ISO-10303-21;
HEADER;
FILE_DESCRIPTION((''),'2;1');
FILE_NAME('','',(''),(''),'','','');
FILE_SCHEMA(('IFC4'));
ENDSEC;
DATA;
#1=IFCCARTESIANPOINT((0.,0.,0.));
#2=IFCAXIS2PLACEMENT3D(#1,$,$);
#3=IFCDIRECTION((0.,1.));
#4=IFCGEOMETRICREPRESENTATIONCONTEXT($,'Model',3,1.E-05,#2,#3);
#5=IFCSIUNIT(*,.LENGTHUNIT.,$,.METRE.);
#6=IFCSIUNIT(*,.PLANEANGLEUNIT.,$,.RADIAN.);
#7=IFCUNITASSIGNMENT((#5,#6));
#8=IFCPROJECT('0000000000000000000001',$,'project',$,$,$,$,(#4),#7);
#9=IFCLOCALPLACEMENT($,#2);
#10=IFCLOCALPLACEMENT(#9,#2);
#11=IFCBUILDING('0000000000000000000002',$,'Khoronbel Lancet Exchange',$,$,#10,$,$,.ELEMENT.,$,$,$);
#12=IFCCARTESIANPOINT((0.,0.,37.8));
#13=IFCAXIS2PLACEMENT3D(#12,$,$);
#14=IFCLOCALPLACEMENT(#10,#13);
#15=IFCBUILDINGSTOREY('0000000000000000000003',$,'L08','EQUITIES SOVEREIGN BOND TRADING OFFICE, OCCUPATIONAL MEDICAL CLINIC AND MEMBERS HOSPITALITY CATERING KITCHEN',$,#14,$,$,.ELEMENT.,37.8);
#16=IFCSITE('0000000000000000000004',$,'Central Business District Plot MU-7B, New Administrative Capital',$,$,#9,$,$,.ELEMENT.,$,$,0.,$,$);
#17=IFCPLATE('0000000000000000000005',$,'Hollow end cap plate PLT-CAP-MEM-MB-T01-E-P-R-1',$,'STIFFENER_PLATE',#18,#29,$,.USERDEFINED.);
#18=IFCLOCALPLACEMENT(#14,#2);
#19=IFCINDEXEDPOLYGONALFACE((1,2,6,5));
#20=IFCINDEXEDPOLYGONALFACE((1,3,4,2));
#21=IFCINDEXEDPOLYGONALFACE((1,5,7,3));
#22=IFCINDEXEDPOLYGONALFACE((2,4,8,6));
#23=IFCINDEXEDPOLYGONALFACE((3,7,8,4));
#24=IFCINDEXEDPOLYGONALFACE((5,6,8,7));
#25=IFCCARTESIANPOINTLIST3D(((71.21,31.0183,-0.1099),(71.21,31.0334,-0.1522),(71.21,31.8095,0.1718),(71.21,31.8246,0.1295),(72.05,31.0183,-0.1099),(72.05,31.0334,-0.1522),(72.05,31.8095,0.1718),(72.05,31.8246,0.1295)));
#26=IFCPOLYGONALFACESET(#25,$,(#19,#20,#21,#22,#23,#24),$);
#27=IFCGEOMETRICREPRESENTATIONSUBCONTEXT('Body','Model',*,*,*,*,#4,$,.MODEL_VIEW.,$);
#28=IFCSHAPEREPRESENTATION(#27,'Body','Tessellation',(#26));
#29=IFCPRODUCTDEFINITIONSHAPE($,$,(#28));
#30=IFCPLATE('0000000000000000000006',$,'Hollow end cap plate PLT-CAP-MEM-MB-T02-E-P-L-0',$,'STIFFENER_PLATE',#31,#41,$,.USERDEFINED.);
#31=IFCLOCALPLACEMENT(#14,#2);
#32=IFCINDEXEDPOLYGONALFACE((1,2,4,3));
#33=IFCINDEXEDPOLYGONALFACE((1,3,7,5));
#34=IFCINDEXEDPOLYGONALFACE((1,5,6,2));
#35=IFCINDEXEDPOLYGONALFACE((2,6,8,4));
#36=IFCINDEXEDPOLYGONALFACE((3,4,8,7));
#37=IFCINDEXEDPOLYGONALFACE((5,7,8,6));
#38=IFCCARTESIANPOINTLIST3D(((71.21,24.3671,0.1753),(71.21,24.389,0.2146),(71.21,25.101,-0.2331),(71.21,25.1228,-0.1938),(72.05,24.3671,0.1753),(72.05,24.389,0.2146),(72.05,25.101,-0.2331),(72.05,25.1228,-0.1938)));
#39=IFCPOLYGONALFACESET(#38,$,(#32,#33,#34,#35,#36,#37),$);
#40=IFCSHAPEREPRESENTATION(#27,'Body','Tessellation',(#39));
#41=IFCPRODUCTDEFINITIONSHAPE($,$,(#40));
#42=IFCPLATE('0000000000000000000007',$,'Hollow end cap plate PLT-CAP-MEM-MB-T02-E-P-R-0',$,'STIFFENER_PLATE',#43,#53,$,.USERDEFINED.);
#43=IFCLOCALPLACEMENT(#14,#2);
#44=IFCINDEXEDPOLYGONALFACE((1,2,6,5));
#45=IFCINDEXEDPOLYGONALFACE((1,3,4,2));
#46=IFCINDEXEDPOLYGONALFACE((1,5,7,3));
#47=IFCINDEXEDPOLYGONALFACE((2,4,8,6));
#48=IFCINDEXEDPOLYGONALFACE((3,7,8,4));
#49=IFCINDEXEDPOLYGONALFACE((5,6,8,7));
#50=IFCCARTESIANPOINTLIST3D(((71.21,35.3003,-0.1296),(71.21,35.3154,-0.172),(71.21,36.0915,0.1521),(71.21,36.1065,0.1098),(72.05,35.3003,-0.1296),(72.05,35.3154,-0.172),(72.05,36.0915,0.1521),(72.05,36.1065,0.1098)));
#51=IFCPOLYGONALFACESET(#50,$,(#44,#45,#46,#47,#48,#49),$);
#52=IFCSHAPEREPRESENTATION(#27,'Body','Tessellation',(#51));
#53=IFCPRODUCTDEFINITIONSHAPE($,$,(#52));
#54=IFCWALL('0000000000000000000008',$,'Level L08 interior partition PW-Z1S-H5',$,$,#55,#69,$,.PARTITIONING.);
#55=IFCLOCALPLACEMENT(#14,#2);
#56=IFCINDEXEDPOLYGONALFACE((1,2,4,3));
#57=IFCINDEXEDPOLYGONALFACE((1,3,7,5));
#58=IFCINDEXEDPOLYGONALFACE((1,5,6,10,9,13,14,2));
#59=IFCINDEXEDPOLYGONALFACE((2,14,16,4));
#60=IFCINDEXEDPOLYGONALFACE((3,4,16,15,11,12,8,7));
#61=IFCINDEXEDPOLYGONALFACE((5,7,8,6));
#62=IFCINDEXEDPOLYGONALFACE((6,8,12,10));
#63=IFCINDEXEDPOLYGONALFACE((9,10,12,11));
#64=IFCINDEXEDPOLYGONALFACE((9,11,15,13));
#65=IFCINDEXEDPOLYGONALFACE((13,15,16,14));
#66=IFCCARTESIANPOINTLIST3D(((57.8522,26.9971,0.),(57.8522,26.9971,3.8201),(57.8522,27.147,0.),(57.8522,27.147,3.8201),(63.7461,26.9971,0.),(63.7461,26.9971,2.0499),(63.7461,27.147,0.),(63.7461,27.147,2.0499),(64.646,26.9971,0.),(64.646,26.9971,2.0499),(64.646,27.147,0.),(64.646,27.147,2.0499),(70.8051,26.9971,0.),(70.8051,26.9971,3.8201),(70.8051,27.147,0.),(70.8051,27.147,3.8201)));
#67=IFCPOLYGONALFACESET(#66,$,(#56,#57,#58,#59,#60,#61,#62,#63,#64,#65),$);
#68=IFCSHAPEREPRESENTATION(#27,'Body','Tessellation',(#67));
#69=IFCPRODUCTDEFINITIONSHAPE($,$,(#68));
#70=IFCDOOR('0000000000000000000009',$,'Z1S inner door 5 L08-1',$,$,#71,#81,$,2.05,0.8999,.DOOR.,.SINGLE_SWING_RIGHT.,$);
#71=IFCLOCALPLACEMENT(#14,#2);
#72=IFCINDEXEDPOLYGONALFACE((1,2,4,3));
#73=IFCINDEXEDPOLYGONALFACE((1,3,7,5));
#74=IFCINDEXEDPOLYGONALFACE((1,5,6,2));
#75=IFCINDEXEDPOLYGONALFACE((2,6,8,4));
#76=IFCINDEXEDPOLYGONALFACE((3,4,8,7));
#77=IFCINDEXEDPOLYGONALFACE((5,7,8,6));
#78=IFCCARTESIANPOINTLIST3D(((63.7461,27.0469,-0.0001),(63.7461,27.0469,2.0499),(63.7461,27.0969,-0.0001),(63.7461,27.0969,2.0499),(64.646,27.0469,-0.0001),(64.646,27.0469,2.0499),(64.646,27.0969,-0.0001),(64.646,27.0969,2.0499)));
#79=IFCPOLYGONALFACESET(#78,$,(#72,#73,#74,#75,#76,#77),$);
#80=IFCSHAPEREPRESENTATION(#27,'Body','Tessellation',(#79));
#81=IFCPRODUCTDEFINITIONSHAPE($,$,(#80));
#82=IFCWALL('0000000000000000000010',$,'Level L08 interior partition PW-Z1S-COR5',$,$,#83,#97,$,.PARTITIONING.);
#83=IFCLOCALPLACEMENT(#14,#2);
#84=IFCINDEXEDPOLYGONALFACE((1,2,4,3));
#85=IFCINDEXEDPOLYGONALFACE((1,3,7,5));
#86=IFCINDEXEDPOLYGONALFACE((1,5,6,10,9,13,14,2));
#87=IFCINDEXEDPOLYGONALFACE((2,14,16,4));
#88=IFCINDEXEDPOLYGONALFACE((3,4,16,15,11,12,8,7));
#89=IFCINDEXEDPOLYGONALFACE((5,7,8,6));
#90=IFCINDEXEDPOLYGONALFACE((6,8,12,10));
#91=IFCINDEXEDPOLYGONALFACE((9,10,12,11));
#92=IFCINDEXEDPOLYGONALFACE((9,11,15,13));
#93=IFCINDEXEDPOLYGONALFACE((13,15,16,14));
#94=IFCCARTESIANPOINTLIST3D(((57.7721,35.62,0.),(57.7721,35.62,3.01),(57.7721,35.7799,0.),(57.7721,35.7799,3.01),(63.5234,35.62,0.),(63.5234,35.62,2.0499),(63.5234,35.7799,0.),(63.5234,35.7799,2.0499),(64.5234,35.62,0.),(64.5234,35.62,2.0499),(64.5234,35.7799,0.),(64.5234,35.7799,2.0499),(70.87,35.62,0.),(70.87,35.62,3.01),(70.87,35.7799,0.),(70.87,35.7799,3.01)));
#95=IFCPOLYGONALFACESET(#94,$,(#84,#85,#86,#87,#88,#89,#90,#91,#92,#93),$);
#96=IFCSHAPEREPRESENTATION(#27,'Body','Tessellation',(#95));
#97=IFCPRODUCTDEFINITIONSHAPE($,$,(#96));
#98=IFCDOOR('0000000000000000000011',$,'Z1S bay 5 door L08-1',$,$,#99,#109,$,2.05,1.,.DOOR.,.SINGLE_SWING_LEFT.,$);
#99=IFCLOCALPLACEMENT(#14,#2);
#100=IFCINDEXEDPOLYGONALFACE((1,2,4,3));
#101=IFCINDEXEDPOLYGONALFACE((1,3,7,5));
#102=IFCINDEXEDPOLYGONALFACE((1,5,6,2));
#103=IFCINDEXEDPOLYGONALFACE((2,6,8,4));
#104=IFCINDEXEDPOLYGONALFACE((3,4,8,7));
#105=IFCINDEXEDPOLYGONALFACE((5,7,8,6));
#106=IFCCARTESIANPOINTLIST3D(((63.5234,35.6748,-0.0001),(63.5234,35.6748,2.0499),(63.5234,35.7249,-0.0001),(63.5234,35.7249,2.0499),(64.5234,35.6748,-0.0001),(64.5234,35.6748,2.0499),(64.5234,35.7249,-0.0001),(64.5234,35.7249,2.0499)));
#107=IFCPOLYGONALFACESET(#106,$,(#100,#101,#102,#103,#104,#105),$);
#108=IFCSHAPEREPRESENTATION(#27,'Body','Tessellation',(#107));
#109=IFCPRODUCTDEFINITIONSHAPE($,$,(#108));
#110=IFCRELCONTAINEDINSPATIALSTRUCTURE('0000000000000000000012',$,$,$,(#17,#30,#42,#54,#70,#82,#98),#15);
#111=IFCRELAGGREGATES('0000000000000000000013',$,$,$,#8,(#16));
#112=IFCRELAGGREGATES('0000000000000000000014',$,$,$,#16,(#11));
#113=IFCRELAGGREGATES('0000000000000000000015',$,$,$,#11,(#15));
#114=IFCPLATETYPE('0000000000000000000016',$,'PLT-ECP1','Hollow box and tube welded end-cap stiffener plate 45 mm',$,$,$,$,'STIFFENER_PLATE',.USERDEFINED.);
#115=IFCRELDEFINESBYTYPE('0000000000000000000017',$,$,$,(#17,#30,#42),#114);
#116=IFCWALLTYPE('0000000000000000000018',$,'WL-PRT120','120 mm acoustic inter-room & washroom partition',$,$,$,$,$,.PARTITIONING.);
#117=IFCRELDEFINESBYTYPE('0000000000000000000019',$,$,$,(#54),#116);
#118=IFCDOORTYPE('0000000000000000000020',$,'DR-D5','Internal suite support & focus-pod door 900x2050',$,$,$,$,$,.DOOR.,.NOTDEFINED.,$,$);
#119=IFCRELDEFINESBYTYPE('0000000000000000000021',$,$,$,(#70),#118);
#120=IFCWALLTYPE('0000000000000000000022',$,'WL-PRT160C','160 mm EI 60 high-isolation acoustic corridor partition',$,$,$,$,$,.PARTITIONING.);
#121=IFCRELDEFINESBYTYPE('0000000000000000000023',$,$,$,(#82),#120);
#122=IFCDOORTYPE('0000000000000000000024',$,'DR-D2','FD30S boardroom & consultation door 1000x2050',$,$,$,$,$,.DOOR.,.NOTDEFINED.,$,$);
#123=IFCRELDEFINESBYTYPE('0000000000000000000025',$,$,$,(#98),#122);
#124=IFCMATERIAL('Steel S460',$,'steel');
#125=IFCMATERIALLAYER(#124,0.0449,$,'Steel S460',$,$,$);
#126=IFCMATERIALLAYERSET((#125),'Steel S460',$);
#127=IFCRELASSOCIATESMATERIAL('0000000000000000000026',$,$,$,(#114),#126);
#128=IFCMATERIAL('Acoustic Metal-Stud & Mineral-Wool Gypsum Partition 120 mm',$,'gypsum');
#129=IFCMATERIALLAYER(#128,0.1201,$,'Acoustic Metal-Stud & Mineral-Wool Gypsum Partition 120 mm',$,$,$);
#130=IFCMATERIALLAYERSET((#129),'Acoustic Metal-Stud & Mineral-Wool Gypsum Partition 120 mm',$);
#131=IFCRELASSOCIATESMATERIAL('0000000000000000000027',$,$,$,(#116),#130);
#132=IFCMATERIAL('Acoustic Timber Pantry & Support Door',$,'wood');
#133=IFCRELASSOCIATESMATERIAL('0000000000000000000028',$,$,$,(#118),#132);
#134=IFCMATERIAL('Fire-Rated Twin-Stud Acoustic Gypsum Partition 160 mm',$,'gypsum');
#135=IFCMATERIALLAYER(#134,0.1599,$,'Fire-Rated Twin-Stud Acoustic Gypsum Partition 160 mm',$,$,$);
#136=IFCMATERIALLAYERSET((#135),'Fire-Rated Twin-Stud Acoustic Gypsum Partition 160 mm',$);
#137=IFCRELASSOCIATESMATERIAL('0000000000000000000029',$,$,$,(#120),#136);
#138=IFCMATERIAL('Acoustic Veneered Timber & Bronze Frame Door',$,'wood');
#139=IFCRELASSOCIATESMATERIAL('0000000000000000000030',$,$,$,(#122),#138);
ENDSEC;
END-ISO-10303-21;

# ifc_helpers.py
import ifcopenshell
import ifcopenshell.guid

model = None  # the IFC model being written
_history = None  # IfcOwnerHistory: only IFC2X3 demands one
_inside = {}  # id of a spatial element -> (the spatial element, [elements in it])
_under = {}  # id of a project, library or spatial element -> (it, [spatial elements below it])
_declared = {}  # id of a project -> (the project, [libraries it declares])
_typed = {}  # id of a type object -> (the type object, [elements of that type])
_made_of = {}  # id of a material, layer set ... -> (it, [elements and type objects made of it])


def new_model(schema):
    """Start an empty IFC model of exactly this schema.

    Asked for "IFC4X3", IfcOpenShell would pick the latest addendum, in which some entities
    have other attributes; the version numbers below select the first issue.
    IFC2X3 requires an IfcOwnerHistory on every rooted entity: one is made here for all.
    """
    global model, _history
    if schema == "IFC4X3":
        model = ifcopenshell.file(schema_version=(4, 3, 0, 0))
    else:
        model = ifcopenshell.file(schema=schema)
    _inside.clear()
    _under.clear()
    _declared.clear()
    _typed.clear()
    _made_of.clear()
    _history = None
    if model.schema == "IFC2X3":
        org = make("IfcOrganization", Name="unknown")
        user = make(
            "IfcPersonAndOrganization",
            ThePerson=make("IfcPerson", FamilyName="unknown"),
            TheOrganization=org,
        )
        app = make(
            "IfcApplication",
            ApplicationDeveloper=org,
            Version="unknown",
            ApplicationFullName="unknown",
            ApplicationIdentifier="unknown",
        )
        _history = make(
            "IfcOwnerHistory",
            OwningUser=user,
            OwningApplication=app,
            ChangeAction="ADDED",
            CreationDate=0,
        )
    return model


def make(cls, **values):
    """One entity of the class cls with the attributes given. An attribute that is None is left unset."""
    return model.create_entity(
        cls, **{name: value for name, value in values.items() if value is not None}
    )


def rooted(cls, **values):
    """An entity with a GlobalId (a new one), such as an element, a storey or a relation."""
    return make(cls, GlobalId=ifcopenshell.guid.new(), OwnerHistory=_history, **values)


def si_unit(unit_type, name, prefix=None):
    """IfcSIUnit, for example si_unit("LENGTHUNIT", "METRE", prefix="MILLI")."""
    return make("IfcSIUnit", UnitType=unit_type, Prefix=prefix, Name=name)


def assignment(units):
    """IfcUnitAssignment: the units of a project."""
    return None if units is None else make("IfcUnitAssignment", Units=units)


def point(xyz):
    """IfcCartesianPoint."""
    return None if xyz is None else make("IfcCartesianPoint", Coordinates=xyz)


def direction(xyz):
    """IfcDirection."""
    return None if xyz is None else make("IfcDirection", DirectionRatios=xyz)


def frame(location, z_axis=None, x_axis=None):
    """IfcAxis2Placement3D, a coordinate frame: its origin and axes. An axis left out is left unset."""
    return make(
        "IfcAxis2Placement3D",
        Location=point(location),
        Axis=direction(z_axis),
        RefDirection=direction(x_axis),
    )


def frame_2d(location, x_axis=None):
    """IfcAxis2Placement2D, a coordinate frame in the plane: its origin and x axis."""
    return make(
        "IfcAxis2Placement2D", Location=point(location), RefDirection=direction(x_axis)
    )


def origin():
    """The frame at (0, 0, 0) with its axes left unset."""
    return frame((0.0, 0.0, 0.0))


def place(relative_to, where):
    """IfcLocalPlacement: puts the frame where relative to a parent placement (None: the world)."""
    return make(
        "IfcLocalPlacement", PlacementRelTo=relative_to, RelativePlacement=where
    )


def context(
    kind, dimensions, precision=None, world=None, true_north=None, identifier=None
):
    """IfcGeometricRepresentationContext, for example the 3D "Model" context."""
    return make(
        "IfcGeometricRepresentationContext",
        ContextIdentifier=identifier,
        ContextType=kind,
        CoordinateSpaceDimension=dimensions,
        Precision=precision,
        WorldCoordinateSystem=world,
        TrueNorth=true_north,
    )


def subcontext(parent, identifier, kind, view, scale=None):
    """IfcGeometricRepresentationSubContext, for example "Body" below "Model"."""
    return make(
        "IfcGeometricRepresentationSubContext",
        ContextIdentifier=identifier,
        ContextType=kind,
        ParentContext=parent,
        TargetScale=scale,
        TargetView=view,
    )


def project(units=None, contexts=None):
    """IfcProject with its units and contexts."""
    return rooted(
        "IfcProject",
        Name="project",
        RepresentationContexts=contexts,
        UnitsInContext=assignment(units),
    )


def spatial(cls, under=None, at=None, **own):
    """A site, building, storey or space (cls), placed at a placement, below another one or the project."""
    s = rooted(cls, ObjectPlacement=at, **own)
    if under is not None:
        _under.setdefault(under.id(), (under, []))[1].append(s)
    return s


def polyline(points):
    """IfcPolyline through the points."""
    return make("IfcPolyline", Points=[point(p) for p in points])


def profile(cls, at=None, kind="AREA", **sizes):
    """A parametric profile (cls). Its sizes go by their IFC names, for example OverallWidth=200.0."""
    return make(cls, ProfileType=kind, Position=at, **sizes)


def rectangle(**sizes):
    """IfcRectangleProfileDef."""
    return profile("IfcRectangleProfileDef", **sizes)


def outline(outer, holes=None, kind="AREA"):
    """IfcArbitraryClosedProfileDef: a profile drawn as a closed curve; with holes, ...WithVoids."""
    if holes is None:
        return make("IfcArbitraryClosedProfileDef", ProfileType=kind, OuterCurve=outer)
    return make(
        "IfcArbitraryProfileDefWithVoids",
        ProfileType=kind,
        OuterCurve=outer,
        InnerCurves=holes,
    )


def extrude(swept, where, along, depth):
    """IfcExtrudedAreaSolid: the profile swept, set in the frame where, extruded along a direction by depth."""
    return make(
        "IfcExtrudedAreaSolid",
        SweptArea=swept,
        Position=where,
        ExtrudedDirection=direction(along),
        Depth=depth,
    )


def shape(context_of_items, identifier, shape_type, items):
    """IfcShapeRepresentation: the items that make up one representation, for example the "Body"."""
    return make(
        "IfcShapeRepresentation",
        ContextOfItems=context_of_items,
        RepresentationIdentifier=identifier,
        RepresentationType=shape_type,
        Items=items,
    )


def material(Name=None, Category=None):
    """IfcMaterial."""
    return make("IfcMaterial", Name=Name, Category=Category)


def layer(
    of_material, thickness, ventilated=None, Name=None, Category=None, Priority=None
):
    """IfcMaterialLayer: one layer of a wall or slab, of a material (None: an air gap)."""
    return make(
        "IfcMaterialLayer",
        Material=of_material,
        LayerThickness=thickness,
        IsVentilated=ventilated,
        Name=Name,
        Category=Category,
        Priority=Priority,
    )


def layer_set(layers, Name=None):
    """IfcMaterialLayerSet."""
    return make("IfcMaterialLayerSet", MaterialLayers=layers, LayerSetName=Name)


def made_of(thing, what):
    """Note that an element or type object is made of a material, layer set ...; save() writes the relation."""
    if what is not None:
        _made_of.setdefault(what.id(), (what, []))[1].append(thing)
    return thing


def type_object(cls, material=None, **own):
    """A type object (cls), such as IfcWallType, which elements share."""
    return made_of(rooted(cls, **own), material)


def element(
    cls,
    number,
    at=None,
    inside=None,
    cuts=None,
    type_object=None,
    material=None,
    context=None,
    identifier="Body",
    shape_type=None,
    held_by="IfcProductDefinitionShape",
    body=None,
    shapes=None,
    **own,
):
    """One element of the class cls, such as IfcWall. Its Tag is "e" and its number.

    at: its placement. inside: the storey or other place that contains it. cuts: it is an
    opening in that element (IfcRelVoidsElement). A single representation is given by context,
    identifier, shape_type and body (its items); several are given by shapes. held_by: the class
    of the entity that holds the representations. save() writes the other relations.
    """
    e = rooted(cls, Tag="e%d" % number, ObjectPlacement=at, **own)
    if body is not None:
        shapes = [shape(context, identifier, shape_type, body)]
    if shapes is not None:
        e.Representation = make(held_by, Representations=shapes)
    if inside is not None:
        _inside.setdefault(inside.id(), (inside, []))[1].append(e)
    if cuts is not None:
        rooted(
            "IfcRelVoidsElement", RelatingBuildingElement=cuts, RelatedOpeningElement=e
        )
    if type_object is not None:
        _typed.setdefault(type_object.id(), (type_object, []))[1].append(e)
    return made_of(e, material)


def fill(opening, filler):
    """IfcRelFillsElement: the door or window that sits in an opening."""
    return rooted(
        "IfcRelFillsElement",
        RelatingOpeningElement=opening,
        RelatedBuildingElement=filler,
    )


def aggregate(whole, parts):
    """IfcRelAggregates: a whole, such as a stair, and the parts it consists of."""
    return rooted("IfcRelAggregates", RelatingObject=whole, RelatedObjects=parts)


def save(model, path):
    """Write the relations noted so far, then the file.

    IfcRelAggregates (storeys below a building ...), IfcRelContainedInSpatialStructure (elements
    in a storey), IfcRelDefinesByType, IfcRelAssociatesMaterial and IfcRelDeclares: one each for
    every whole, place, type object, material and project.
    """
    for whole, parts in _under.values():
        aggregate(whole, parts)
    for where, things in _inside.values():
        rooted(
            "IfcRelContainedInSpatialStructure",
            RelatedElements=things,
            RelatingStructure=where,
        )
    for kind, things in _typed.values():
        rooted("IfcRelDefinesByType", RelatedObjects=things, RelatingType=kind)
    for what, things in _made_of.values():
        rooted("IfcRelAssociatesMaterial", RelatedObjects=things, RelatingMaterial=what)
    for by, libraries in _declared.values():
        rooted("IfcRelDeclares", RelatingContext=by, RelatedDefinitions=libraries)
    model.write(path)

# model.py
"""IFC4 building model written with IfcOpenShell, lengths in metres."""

from ifc_helpers import new_model, si_unit, direction, frame, frame_2d, origin, place, context, subcontext, project, spatial, polyline, rectangle, outline, extrude, material, layer, layer_set, type_object, element, fill, save


model = new_model("IFC4")

# Units and contexts
model_context = context("Model", 3, precision=1e-05, world=origin(), true_north=direction((0.0, 1.0)))
body_context = subcontext(model_context, "Body", "Model", "MODEL_VIEW")
ifc_project = project(units=[si_unit("LENGTHUNIT", "METRE"), si_unit("PLANEANGLEUNIT", "RADIAN")], contexts=[model_context])

# Site, building, storey
site_placement = place(None, origin())
site = spatial("IfcSite", under=ifc_project, at=site_placement, Name="Central Business District Plot MU-7B, New Administrative Capital", CompositionType="ELEMENT", RefElevation=0.0)
building_placement = place(site_placement, origin())
building = spatial("IfcBuilding", under=site, at=building_placement, Name="Khoronbel Lancet Exchange", CompositionType="ELEMENT")
storey_placement = place(building_placement, frame((0.0, 0.0, 37.8)))
storey = spatial("IfcBuildingStorey", under=building, at=storey_placement, Name="L08", Description="EQUITIES SOVEREIGN BOND TRADING OFFICE, OCCUPATIONAL MEDICAL CLINIC AND MEMBERS HOSPITALITY CATERING KITCHEN", CompositionType="ELEMENT", Elevation=37.8)

# Shared definitions
ifc_material_1 = material(Name="Steel S460", Category="steel")

# Plates
ifc_layer_1 = layer(ifc_material_1, 0.0449, Name="Steel S460")
ifc_layer_set_1 = layer_set([ifc_layer_1], Name="Steel S460")
plate_type_1 = type_object("IfcPlateType", Name="PLT-ECP1", Description="Hollow box and tube welded end-cap stiffener plate 45 mm", ElementType="STIFFENER_PLATE", PredefinedType="USERDEFINED", material=ifc_layer_set_1)
for number, where, z_axis, x_axis, name in (
    (1, (71.21, 31.0183, -0.1099), (0.0, -0.335434, 0.942064), (1.0, 0.0, 0.0), "Hollow end cap plate PLT-CAP-MEM-MB-T01-E-P-R-1"),
    (2, (72.05, 25.1228, -0.1938), (0.0, 0.486309, 0.873787), (-1.0, 0.0, 0.0), "Hollow end cap plate PLT-CAP-MEM-MB-T02-E-P-L-0"),
    (3, (71.21, 35.3003, -0.1296), (0.0, -0.335434, 0.942064), (1.0, 0.0, 0.0), "Hollow end cap plate PLT-CAP-MEM-MB-T02-E-P-R-0"),
):
    element("IfcPlate", number, at=place(storey_placement, frame(where, z_axis=z_axis, x_axis=x_axis)), inside=storey, type_object=plate_type_1, Name=name, ObjectType="STIFFENER_PLATE", PredefinedType="USERDEFINED", context=body_context, shape_type="SweptSolid", body=[
        extrude(outline(polyline([(0.0, 0.0), (0.8401, 0.0), (0.8401, 0.8398), (0.0, 0.8398), (0.0, 0.0)])), origin(), (0.0, 0.0, -1.0), 0.0449),
    ])

# Walls, openings, doors
ifc_material_2 = material(Name="Acoustic Metal-Stud & Mineral-Wool Gypsum Partition 120 mm", Category="gypsum")
ifc_layer_2 = layer(ifc_material_2, 0.1201, Name="Acoustic Metal-Stud & Mineral-Wool Gypsum Partition 120 mm")
ifc_layer_set_2 = layer_set([ifc_layer_2], Name="Acoustic Metal-Stud & Mineral-Wool Gypsum Partition 120 mm")
wall_type_1 = type_object("IfcWallType", Name="WL-PRT120", Description="120 mm acoustic inter-room & washroom partition", PredefinedType="PARTITIONING", material=ifc_layer_set_2)
wall_1_placement = place(storey_placement, frame((57.8521, 27.072, 0.0), z_axis=(0.0, 0.0, 1.0), x_axis=(1.0, 0.0, 0.0)))
wall_1 = element("IfcWall", 4, at=wall_1_placement, inside=storey, type_object=wall_type_1, Name="Level L08 interior partition PW-Z1S-H5", PredefinedType="PARTITIONING", context=body_context, shape_type="SweptSolid", body=[
    extrude(rectangle(XDim=12.9529, YDim=0.1499, at=frame_2d((6.4766, 0.0))), origin(), (0.0, 0.0, 1.0), 3.8201),
])
opening_1_placement = place(wall_1_placement, frame((5.894, 0.0, 0.0)))
opening_1 = element("IfcOpeningElement", 5, at=opening_1_placement, cuts=wall_1, PredefinedType="OPENING", context=body_context, shape_type="SweptSolid", body=[
    extrude(rectangle(XDim=0.8999, YDim=2.05, at=frame_2d((0.45, 1.0249))), frame((0.0, 0.085, 0.0), z_axis=(0.0, -1.0, 0.0), x_axis=(1.0, 0.0, 0.0)), (0.0, 0.0, 1.0), 0.1699),
])
ifc_material_3 = material(Name="Acoustic Timber Pantry & Support Door", Category="wood")
door_type_1 = type_object("IfcDoorType", Name="DR-D5", Description="Internal suite support & focus-pod door 900x2050", OperationType="NOTDEFINED", PredefinedType="DOOR", material=ifc_material_3)
door_1_placement = place(opening_1_placement, origin())
door_1 = element("IfcDoor", 6, at=door_1_placement, inside=storey, type_object=door_type_1, Name="Z1S inner door 5 L08-1", OperationType="SINGLE_SWING_RIGHT", OverallHeight=2.05, OverallWidth=0.8999, PredefinedType="DOOR", context=body_context, shape_type="SweptSolid", body=[
    extrude(rectangle(XDim=0.8999, YDim=2.05, at=frame_2d((0.45, 1.0249))), frame((0.0, 0.0249, 0.0), z_axis=(0.0, -1.0, 0.0), x_axis=(1.0, 0.0, 0.0)), (0.0, 0.0, 1.0), 0.05),
])
fill(opening_1, door_1)
ifc_material_4 = material(Name="Fire-Rated Twin-Stud Acoustic Gypsum Partition 160 mm", Category="gypsum")
ifc_layer_3 = layer(ifc_material_4, 0.1599, Name="Fire-Rated Twin-Stud Acoustic Gypsum Partition 160 mm")
ifc_layer_set_3 = layer_set([ifc_layer_3], Name="Fire-Rated Twin-Stud Acoustic Gypsum Partition 160 mm")
wall_type_2 = type_object("IfcWallType", Name="WL-PRT160C", Description="160 mm EI 60 high-isolation acoustic corridor partition", PredefinedType="PARTITIONING", material=ifc_layer_set_3)
wall_2_placement = place(storey_placement, frame((57.7722, 35.7, 0.0), z_axis=(0.0, 0.0, 1.0), x_axis=(1.0, 0.0, 0.0)))
wall_2 = element("IfcWall", 7, at=wall_2_placement, inside=storey, type_object=wall_type_2, Name="Level L08 interior partition PW-Z1S-COR5", PredefinedType="PARTITIONING", context=body_context, shape_type="SweptSolid", body=[
    extrude(rectangle(XDim=13.0979, YDim=0.1599, at=frame_2d((6.5488, 0.0))), origin(), (0.0, 0.0, 1.0), 3.01),
])
opening_2_placement = place(wall_2_placement, frame((5.7512, 0.0, 0.0)))
opening_2 = element("IfcOpeningElement", 8, at=opening_2_placement, cuts=wall_2, PredefinedType="OPENING", context=body_context, shape_type="SweptSolid", body=[
    extrude(rectangle(XDim=1.0, YDim=2.05, at=frame_2d((0.5, 1.0249))), frame((0.0, 0.0898, 0.0), z_axis=(0.0, -1.0, 0.0), x_axis=(1.0, 0.0, 0.0)), (0.0, 0.0, 1.0), 0.1799),
])
ifc_material_5 = material(Name="Acoustic Veneered Timber & Bronze Frame Door", Category="wood")
door_type_2 = type_object("IfcDoorType", Name="DR-D2", Description="FD30S boardroom & consultation door 1000x2050", OperationType="NOTDEFINED", PredefinedType="DOOR", material=ifc_material_5)
door_2_placement = place(opening_2_placement, origin())
door_2 = element("IfcDoor", 9, at=door_2_placement, inside=storey, type_object=door_type_2, Name="Z1S bay 5 door L08-1", OperationType="SINGLE_SWING_LEFT", OverallHeight=2.05, OverallWidth=1.0, PredefinedType="DOOR", context=body_context, shape_type="SweptSolid", body=[
    extrude(rectangle(XDim=1.0, YDim=2.05, at=frame_2d((0.5, 1.0249))), frame((0.0, 0.0249, 0.0), z_axis=(0.0, -1.0, 0.0), x_axis=(1.0, 0.0, 0.0)), (0.0, 0.0, 1.0), 0.05),
])
fill(opening_2, door_2)

save(model, "model.ifc")
